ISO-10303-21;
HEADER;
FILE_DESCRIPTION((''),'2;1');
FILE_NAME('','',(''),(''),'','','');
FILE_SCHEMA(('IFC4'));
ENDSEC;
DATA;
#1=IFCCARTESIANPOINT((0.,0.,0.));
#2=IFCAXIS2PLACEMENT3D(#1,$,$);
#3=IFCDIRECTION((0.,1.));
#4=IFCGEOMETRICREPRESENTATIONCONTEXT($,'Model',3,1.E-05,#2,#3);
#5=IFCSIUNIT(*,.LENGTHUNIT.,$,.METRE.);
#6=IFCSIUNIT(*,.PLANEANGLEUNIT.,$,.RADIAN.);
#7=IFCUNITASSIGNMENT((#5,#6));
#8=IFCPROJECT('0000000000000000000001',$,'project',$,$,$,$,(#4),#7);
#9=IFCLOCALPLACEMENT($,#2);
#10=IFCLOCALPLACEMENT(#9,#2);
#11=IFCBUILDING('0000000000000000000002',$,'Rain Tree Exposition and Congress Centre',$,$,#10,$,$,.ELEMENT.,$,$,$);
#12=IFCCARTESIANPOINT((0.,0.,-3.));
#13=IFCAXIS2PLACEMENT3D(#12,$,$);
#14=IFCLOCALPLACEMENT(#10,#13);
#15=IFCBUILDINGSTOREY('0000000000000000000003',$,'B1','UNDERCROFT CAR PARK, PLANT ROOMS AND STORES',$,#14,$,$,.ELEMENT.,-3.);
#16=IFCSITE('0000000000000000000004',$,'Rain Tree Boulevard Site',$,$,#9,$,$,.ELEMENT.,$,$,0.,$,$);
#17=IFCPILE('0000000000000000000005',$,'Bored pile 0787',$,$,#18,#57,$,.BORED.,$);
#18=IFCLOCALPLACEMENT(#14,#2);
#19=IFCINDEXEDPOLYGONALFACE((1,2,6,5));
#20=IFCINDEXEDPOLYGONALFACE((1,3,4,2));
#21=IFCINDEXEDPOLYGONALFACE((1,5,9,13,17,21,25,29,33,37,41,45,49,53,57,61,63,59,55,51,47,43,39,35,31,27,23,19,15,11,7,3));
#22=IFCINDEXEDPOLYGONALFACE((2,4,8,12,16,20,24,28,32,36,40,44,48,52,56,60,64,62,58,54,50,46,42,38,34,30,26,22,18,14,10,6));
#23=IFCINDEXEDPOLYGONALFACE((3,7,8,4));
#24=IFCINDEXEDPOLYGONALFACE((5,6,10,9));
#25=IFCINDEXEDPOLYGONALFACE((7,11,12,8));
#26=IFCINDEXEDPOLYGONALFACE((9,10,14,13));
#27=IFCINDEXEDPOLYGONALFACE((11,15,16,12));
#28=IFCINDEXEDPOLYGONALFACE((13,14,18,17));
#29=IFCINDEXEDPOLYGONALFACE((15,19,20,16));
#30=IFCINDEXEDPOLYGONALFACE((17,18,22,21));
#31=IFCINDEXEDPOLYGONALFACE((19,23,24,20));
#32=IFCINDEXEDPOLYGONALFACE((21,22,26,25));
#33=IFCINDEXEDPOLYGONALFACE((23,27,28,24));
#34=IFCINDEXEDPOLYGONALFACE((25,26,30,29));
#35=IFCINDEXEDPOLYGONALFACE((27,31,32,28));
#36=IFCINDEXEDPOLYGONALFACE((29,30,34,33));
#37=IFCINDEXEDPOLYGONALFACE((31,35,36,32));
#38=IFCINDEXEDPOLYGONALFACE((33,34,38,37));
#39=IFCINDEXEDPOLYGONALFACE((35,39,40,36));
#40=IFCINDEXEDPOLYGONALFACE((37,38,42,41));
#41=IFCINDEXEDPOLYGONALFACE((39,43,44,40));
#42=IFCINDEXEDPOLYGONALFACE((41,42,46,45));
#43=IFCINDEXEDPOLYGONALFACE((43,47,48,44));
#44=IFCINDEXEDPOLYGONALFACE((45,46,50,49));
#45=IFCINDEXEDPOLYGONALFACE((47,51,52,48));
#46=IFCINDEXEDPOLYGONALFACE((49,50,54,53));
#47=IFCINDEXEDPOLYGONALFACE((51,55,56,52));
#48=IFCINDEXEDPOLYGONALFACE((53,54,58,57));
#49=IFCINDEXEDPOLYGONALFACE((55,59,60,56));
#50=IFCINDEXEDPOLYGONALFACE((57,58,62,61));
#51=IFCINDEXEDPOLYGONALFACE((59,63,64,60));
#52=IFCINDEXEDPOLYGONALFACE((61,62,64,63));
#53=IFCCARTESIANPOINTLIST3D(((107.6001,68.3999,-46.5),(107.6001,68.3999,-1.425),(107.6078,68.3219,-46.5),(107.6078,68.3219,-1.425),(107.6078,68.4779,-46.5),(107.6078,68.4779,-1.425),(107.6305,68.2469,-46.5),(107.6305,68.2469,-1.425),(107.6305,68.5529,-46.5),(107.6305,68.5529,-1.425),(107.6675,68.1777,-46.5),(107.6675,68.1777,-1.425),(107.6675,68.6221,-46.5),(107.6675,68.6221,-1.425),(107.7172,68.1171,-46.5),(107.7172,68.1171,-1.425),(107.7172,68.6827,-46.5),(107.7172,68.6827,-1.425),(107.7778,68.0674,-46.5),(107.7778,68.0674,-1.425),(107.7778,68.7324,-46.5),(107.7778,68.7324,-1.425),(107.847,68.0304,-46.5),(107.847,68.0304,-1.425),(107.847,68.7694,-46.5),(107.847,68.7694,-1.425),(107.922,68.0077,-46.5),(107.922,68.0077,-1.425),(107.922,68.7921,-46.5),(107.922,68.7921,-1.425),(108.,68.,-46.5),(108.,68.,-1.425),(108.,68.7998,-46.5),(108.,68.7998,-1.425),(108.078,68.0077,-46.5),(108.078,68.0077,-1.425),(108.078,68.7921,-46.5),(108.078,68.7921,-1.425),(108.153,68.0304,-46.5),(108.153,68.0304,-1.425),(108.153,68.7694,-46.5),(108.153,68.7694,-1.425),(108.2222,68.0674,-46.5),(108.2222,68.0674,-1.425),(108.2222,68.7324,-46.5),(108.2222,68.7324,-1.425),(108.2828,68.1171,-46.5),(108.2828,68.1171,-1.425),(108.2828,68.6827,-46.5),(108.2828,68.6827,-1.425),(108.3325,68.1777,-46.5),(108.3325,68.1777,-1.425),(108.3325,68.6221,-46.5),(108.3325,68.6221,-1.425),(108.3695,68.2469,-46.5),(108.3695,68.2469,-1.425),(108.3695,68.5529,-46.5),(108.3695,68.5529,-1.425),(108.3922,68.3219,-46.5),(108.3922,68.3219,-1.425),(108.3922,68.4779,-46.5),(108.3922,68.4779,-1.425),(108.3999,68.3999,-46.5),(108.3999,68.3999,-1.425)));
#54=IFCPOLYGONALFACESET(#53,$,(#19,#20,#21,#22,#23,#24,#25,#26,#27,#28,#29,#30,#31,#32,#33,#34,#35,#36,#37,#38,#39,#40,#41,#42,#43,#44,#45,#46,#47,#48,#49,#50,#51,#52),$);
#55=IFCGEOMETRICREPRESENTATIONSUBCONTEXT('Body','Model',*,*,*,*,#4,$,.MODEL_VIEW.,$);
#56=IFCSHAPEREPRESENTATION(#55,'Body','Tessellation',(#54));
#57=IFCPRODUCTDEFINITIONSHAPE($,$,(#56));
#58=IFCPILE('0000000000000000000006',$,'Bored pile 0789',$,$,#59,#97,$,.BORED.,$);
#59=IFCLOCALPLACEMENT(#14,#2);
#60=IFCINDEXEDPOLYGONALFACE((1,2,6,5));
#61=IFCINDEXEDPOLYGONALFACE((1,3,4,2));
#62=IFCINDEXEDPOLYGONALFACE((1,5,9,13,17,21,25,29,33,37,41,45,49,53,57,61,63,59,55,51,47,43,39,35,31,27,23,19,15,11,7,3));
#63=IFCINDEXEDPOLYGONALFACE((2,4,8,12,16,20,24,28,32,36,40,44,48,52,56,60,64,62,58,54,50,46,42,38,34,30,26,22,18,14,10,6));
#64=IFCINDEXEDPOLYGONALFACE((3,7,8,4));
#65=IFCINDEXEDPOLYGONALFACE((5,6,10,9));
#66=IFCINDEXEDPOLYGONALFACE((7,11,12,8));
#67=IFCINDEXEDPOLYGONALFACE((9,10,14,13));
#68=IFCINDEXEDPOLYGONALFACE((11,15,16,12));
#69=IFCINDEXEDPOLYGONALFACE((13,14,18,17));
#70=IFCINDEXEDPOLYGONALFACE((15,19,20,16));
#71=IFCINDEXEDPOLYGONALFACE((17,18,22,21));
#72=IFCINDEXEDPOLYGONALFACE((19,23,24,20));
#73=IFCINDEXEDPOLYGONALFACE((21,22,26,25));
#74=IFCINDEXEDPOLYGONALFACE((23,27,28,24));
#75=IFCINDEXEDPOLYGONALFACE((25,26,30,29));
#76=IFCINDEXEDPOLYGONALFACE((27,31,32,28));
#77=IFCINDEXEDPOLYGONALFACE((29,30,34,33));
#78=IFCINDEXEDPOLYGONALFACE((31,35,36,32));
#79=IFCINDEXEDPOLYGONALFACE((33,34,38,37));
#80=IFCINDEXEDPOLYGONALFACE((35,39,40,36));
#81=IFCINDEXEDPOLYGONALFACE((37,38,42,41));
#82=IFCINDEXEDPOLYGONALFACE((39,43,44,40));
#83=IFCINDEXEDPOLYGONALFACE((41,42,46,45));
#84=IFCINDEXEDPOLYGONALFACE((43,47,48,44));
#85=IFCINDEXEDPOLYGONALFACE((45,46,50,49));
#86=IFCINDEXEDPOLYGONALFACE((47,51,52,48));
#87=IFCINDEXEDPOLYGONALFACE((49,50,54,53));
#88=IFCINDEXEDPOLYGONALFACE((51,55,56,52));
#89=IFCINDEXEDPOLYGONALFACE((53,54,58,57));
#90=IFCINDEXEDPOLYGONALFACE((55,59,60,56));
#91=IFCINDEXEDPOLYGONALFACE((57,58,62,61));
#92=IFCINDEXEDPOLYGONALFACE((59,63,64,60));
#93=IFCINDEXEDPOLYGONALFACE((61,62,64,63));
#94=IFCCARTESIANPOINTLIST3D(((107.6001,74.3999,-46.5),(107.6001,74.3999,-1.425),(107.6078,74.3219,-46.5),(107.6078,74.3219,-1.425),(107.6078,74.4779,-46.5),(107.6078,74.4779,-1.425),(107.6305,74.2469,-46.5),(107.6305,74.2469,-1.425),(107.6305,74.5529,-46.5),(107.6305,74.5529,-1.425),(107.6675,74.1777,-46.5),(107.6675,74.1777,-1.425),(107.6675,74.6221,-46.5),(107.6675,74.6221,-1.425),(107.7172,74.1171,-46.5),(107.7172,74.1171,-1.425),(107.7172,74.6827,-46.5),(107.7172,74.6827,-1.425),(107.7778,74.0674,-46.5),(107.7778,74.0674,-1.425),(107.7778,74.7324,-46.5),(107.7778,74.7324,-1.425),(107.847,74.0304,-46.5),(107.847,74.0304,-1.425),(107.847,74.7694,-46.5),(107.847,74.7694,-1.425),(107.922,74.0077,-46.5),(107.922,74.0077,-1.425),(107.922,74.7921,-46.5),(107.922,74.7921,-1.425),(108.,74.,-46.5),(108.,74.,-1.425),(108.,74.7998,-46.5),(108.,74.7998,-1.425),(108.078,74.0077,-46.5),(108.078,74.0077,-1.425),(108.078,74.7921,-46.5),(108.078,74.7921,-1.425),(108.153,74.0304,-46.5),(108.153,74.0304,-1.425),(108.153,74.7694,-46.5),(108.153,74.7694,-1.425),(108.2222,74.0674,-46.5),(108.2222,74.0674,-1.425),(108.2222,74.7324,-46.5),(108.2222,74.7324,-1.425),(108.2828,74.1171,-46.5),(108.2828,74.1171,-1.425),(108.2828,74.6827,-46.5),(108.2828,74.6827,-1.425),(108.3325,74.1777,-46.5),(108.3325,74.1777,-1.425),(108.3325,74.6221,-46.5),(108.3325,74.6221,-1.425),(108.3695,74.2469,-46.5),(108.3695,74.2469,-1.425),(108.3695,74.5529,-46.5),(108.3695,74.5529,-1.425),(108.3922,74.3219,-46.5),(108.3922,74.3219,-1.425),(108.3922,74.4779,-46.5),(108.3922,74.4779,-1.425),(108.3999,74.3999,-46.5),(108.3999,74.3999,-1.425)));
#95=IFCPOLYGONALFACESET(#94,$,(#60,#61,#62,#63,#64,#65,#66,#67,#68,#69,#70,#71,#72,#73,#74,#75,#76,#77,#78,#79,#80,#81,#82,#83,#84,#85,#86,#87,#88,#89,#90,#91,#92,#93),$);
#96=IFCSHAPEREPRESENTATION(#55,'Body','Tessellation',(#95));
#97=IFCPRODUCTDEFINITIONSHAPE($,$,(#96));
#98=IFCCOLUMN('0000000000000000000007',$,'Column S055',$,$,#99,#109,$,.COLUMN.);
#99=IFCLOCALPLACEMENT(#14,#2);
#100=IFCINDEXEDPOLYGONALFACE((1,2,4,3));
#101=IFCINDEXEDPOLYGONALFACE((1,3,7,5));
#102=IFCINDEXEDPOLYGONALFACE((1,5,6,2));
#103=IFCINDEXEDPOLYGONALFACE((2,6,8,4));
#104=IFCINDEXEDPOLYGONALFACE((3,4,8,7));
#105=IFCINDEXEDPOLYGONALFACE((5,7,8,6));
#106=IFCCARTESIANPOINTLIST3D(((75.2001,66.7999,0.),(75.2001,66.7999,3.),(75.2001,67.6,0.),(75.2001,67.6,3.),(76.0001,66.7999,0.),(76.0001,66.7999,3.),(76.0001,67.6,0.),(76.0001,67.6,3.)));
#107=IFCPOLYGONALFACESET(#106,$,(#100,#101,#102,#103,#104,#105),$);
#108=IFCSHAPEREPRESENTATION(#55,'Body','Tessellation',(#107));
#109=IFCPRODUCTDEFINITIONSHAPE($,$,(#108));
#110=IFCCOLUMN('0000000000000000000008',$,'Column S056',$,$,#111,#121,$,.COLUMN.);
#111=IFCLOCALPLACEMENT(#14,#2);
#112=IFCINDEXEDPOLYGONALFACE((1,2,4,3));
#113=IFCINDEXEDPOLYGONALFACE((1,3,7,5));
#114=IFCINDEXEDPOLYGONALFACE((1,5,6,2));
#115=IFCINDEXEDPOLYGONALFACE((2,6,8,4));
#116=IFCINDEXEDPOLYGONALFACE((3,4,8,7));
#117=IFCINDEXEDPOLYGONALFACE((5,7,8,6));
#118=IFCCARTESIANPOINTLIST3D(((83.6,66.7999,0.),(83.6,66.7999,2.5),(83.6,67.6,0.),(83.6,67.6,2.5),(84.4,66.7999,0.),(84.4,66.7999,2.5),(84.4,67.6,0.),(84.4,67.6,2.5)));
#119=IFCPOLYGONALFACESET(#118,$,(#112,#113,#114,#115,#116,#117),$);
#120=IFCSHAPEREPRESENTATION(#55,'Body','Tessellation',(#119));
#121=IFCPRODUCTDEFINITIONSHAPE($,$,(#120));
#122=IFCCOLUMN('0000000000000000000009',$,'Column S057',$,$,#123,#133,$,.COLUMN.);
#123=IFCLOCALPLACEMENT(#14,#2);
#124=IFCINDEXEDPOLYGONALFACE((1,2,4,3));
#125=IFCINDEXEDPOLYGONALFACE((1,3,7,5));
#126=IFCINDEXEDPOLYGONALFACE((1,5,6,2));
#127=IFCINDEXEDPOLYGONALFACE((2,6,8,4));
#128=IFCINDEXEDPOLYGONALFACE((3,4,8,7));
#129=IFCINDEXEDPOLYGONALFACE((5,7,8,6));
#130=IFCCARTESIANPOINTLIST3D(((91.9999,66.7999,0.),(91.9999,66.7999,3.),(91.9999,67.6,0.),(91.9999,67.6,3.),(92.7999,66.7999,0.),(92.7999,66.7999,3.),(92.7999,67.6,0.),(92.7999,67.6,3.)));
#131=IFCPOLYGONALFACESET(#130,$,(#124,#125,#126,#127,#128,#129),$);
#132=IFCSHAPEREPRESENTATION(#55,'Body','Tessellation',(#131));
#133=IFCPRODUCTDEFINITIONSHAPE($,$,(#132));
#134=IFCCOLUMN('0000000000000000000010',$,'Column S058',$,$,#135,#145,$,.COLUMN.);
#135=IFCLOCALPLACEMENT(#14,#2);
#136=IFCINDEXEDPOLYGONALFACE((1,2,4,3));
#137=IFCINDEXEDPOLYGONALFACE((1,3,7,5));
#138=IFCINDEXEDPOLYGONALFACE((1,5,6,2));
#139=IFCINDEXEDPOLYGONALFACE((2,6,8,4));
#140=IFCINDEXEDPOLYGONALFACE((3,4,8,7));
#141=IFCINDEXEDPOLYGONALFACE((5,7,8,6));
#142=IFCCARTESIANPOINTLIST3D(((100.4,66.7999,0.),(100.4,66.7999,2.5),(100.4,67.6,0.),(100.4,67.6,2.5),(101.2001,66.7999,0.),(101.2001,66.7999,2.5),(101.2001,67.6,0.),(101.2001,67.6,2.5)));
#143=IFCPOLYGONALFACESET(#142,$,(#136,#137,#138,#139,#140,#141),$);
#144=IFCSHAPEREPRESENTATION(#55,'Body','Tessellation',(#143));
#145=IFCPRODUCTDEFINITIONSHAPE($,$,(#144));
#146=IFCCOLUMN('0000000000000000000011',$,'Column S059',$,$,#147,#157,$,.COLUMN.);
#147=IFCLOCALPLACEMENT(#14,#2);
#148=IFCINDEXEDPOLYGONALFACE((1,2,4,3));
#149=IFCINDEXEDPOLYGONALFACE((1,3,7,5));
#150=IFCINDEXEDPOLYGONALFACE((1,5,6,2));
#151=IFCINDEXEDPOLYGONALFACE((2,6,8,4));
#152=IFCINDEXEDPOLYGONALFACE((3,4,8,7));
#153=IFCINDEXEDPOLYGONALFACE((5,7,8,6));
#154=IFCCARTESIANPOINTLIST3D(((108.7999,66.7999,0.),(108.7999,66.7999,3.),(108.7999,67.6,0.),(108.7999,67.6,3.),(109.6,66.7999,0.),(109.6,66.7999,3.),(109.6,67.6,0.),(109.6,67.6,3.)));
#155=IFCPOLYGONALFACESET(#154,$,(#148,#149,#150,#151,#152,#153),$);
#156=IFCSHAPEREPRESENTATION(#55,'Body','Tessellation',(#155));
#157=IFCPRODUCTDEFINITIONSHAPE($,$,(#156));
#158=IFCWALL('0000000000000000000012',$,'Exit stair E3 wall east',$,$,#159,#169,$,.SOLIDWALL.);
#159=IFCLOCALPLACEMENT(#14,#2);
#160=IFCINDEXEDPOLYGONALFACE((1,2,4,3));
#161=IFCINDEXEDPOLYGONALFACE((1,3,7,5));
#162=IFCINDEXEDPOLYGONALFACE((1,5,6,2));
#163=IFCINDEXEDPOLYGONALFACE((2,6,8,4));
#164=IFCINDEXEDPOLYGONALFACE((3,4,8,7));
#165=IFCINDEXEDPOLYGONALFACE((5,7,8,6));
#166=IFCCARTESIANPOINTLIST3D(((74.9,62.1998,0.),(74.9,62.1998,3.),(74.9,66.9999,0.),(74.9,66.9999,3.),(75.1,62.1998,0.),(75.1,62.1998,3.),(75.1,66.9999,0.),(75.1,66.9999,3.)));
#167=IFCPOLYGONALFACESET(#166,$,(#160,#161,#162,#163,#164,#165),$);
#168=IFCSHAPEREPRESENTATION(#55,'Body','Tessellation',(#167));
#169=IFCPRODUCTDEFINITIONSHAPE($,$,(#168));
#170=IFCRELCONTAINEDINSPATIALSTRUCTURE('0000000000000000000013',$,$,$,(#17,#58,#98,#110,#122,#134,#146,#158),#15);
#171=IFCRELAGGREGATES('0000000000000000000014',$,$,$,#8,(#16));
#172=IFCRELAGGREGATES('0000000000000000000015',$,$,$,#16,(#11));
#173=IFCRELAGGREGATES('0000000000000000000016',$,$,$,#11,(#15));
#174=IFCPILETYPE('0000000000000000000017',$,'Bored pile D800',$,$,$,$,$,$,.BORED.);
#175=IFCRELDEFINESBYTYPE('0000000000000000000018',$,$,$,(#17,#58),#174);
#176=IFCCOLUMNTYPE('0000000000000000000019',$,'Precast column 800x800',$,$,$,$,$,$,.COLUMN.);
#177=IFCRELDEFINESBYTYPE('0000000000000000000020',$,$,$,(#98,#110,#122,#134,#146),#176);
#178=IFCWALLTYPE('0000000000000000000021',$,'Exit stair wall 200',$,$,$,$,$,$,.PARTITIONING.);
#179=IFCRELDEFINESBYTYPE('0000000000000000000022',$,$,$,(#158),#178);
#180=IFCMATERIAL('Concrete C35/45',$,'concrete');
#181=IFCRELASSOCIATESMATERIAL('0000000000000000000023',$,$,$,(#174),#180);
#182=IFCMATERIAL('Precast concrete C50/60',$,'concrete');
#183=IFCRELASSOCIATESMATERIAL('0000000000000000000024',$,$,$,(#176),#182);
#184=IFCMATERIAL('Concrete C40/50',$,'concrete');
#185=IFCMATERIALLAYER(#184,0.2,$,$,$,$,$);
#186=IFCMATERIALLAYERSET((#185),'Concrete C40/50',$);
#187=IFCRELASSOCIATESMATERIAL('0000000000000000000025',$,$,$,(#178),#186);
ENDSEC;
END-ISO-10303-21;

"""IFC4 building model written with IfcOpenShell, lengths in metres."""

from ifc_helpers import new_model, si_unit, direction, frame, frame_2d, origin, origin_2d, place, context, subcontext, project, spatial, rectangle, circle, extrude, material, layer, layer_set, material_profile, profile_set, type_object, element, save


model = new_model("IFC4")

# Units and contexts
model_context = context("Model", 3, precision=1e-05, world=origin(), true_north=direction((0.0, 1.0)))
body_context = subcontext(model_context, "Body", "Model", "MODEL_VIEW")
ifc_project = project(units=[si_unit("LENGTHUNIT", "METRE"), si_unit("PLANEANGLEUNIT", "RADIAN")], contexts=[model_context])

# Site, building, storey
site_placement = place(None, origin())
site = spatial("IfcSite", under=ifc_project, at=site_placement, Name="Rain Tree Boulevard Site", CompositionType="ELEMENT", RefElevation=0.0)
building_placement = place(site_placement, origin())
building = spatial("IfcBuilding", under=site, at=building_placement, Name="Rain Tree Exposition and Congress Centre", CompositionType="ELEMENT")
storey_placement = place(building_placement, frame((0.0, 0.0, -3.0)))
storey = spatial("IfcBuildingStorey", under=building, at=storey_placement, Name="B1", Description="UNDERCROFT CAR PARK, PLANT ROOMS AND STORES", CompositionType="ELEMENT", Elevation=-3.0)

# Piles
ifc_material_1 = material(Name="Concrete C35/45", Category="concrete")
ifc_material_profile_1 = material_profile(ifc_material_1, circle(Radius=0.3999, at=origin_2d()), Name="D800")
ifc_profile_set_1 = profile_set([ifc_material_profile_1], Name="Concrete C35/45")
pile_type_1 = type_object("IfcPileType", Name="Bored pile D800", PredefinedType="BORED", material=ifc_profile_set_1)
for number, where, z_axis, x_axis, name in (
    (1, (108.0, 68.3999, -1.425), (0.0, 0.0, -1.0), (1.0, 0.0, 0.0), "Bored pile 0787"),
    (2, (108.0, 74.3999, -1.425), (0.0, 0.0, -1.0), (1.0, 0.0, 0.0), "Bored pile 0789"),
):
    element("IfcPile", number, at=place(storey_placement, frame(where, z_axis=z_axis, x_axis=x_axis)), inside=storey, type_object=pile_type_1, Name=name, PredefinedType="BORED", context=body_context, shape_type="SweptSolid", body=[
        extrude(circle(Radius=0.3999, at=origin_2d()), origin(), (0.0, 0.0, 1.0), 45.075),
    ])

# Columns
ifc_material_2 = material(Name="Precast concrete C50/60", Category="concrete")
ifc_material_profile_2 = material_profile(ifc_material_2, rectangle(XDim=0.8, YDim=0.8, at=origin_2d()), Name="RC 800x800")
ifc_profile_set_2 = profile_set([ifc_material_profile_2], Name="Precast concrete C50/60")
column_type = type_object("IfcColumnType", Name="Precast column 800x800", PredefinedType="COLUMN", material=ifc_profile_set_2)
column_1_placement = place(storey_placement, frame((75.6001, 67.2, 0.0), z_axis=(0.0, 0.0, 1.0), x_axis=(1.0, 0.0, 0.0)))
element("IfcColumn", 3, at=column_1_placement, inside=storey, type_object=column_type, Name="Column S055", PredefinedType="COLUMN", context=body_context, shape_type="SweptSolid", body=[
    extrude(rectangle(XDim=0.8, YDim=0.8, at=origin_2d()), origin(), (0.0, 0.0, 1.0), 3.0),
])
column_2_placement = place(storey_placement, frame((84.0, 67.2, 0.0), z_axis=(0.0, 0.0, 1.0), x_axis=(1.0, 0.0, 0.0)))
element("IfcColumn", 4, at=column_2_placement, inside=storey, type_object=column_type, Name="Column S056", PredefinedType="COLUMN", context=body_context, shape_type="SweptSolid", body=[
    extrude(rectangle(XDim=0.8, YDim=0.8, at=origin_2d()), origin(), (0.0, 0.0, 1.0), 2.5),
])
column_3_placement = place(storey_placement, frame((92.3999, 67.2, 0.0), z_axis=(0.0, 0.0, 1.0), x_axis=(1.0, 0.0, 0.0)))
element("IfcColumn", 5, at=column_3_placement, inside=storey, type_object=column_type, Name="Column S057", PredefinedType="COLUMN", context=body_context, shape_type="SweptSolid", body=[
    extrude(rectangle(XDim=0.8, YDim=0.8, at=origin_2d()), origin(), (0.0, 0.0, 1.0), 3.0),
])
column_4_placement = place(storey_placement, frame((100.8, 67.2, 0.0), z_axis=(0.0, 0.0, 1.0), x_axis=(1.0, 0.0, 0.0)))
element("IfcColumn", 6, at=column_4_placement, inside=storey, type_object=column_type, Name="Column S058", PredefinedType="COLUMN", context=body_context, shape_type="SweptSolid", body=[
    extrude(rectangle(XDim=0.8, YDim=0.8, at=origin_2d()), origin(), (0.0, 0.0, 1.0), 2.5),
])
column_5_placement = place(storey_placement, frame((109.2, 67.2, 0.0), z_axis=(0.0, 0.0, 1.0), x_axis=(1.0, 0.0, 0.0)))
element("IfcColumn", 7, at=column_5_placement, inside=storey, type_object=column_type, Name="Column S059", PredefinedType="COLUMN", context=body_context, shape_type="SweptSolid", body=[
    extrude(rectangle(XDim=0.8, YDim=0.8, at=origin_2d()), origin(), (0.0, 0.0, 1.0), 3.0),
])

# Wall
ifc_material_3 = material(Name="Concrete C40/50", Category="concrete")
ifc_layer = layer(ifc_material_3, 0.2)
ifc_layer_set = layer_set([ifc_layer], Name="Concrete C40/50")
wall_type = type_object("IfcWallType", Name="Exit stair wall 200", PredefinedType="PARTITIONING", material=ifc_layer_set)
wall_placement = place(storey_placement, frame((75.0, 62.2, 0.0), z_axis=(0.0, 0.0, 1.0), x_axis=(0.0, 1.0, 0.0)))
element("IfcWall", 8, at=wall_placement, inside=storey, type_object=wall_type, Name="Exit stair E3 wall east", PredefinedType="SOLIDWALL", context=body_context, shape_type="SweptSolid", body=[
    extrude(rectangle(XDim=4.8, YDim=0.2, at=frame_2d((2.3999, 0.0))), origin(), (0.0, 0.0, 1.0), 3.0),
])

save(model, "model.ifc")
